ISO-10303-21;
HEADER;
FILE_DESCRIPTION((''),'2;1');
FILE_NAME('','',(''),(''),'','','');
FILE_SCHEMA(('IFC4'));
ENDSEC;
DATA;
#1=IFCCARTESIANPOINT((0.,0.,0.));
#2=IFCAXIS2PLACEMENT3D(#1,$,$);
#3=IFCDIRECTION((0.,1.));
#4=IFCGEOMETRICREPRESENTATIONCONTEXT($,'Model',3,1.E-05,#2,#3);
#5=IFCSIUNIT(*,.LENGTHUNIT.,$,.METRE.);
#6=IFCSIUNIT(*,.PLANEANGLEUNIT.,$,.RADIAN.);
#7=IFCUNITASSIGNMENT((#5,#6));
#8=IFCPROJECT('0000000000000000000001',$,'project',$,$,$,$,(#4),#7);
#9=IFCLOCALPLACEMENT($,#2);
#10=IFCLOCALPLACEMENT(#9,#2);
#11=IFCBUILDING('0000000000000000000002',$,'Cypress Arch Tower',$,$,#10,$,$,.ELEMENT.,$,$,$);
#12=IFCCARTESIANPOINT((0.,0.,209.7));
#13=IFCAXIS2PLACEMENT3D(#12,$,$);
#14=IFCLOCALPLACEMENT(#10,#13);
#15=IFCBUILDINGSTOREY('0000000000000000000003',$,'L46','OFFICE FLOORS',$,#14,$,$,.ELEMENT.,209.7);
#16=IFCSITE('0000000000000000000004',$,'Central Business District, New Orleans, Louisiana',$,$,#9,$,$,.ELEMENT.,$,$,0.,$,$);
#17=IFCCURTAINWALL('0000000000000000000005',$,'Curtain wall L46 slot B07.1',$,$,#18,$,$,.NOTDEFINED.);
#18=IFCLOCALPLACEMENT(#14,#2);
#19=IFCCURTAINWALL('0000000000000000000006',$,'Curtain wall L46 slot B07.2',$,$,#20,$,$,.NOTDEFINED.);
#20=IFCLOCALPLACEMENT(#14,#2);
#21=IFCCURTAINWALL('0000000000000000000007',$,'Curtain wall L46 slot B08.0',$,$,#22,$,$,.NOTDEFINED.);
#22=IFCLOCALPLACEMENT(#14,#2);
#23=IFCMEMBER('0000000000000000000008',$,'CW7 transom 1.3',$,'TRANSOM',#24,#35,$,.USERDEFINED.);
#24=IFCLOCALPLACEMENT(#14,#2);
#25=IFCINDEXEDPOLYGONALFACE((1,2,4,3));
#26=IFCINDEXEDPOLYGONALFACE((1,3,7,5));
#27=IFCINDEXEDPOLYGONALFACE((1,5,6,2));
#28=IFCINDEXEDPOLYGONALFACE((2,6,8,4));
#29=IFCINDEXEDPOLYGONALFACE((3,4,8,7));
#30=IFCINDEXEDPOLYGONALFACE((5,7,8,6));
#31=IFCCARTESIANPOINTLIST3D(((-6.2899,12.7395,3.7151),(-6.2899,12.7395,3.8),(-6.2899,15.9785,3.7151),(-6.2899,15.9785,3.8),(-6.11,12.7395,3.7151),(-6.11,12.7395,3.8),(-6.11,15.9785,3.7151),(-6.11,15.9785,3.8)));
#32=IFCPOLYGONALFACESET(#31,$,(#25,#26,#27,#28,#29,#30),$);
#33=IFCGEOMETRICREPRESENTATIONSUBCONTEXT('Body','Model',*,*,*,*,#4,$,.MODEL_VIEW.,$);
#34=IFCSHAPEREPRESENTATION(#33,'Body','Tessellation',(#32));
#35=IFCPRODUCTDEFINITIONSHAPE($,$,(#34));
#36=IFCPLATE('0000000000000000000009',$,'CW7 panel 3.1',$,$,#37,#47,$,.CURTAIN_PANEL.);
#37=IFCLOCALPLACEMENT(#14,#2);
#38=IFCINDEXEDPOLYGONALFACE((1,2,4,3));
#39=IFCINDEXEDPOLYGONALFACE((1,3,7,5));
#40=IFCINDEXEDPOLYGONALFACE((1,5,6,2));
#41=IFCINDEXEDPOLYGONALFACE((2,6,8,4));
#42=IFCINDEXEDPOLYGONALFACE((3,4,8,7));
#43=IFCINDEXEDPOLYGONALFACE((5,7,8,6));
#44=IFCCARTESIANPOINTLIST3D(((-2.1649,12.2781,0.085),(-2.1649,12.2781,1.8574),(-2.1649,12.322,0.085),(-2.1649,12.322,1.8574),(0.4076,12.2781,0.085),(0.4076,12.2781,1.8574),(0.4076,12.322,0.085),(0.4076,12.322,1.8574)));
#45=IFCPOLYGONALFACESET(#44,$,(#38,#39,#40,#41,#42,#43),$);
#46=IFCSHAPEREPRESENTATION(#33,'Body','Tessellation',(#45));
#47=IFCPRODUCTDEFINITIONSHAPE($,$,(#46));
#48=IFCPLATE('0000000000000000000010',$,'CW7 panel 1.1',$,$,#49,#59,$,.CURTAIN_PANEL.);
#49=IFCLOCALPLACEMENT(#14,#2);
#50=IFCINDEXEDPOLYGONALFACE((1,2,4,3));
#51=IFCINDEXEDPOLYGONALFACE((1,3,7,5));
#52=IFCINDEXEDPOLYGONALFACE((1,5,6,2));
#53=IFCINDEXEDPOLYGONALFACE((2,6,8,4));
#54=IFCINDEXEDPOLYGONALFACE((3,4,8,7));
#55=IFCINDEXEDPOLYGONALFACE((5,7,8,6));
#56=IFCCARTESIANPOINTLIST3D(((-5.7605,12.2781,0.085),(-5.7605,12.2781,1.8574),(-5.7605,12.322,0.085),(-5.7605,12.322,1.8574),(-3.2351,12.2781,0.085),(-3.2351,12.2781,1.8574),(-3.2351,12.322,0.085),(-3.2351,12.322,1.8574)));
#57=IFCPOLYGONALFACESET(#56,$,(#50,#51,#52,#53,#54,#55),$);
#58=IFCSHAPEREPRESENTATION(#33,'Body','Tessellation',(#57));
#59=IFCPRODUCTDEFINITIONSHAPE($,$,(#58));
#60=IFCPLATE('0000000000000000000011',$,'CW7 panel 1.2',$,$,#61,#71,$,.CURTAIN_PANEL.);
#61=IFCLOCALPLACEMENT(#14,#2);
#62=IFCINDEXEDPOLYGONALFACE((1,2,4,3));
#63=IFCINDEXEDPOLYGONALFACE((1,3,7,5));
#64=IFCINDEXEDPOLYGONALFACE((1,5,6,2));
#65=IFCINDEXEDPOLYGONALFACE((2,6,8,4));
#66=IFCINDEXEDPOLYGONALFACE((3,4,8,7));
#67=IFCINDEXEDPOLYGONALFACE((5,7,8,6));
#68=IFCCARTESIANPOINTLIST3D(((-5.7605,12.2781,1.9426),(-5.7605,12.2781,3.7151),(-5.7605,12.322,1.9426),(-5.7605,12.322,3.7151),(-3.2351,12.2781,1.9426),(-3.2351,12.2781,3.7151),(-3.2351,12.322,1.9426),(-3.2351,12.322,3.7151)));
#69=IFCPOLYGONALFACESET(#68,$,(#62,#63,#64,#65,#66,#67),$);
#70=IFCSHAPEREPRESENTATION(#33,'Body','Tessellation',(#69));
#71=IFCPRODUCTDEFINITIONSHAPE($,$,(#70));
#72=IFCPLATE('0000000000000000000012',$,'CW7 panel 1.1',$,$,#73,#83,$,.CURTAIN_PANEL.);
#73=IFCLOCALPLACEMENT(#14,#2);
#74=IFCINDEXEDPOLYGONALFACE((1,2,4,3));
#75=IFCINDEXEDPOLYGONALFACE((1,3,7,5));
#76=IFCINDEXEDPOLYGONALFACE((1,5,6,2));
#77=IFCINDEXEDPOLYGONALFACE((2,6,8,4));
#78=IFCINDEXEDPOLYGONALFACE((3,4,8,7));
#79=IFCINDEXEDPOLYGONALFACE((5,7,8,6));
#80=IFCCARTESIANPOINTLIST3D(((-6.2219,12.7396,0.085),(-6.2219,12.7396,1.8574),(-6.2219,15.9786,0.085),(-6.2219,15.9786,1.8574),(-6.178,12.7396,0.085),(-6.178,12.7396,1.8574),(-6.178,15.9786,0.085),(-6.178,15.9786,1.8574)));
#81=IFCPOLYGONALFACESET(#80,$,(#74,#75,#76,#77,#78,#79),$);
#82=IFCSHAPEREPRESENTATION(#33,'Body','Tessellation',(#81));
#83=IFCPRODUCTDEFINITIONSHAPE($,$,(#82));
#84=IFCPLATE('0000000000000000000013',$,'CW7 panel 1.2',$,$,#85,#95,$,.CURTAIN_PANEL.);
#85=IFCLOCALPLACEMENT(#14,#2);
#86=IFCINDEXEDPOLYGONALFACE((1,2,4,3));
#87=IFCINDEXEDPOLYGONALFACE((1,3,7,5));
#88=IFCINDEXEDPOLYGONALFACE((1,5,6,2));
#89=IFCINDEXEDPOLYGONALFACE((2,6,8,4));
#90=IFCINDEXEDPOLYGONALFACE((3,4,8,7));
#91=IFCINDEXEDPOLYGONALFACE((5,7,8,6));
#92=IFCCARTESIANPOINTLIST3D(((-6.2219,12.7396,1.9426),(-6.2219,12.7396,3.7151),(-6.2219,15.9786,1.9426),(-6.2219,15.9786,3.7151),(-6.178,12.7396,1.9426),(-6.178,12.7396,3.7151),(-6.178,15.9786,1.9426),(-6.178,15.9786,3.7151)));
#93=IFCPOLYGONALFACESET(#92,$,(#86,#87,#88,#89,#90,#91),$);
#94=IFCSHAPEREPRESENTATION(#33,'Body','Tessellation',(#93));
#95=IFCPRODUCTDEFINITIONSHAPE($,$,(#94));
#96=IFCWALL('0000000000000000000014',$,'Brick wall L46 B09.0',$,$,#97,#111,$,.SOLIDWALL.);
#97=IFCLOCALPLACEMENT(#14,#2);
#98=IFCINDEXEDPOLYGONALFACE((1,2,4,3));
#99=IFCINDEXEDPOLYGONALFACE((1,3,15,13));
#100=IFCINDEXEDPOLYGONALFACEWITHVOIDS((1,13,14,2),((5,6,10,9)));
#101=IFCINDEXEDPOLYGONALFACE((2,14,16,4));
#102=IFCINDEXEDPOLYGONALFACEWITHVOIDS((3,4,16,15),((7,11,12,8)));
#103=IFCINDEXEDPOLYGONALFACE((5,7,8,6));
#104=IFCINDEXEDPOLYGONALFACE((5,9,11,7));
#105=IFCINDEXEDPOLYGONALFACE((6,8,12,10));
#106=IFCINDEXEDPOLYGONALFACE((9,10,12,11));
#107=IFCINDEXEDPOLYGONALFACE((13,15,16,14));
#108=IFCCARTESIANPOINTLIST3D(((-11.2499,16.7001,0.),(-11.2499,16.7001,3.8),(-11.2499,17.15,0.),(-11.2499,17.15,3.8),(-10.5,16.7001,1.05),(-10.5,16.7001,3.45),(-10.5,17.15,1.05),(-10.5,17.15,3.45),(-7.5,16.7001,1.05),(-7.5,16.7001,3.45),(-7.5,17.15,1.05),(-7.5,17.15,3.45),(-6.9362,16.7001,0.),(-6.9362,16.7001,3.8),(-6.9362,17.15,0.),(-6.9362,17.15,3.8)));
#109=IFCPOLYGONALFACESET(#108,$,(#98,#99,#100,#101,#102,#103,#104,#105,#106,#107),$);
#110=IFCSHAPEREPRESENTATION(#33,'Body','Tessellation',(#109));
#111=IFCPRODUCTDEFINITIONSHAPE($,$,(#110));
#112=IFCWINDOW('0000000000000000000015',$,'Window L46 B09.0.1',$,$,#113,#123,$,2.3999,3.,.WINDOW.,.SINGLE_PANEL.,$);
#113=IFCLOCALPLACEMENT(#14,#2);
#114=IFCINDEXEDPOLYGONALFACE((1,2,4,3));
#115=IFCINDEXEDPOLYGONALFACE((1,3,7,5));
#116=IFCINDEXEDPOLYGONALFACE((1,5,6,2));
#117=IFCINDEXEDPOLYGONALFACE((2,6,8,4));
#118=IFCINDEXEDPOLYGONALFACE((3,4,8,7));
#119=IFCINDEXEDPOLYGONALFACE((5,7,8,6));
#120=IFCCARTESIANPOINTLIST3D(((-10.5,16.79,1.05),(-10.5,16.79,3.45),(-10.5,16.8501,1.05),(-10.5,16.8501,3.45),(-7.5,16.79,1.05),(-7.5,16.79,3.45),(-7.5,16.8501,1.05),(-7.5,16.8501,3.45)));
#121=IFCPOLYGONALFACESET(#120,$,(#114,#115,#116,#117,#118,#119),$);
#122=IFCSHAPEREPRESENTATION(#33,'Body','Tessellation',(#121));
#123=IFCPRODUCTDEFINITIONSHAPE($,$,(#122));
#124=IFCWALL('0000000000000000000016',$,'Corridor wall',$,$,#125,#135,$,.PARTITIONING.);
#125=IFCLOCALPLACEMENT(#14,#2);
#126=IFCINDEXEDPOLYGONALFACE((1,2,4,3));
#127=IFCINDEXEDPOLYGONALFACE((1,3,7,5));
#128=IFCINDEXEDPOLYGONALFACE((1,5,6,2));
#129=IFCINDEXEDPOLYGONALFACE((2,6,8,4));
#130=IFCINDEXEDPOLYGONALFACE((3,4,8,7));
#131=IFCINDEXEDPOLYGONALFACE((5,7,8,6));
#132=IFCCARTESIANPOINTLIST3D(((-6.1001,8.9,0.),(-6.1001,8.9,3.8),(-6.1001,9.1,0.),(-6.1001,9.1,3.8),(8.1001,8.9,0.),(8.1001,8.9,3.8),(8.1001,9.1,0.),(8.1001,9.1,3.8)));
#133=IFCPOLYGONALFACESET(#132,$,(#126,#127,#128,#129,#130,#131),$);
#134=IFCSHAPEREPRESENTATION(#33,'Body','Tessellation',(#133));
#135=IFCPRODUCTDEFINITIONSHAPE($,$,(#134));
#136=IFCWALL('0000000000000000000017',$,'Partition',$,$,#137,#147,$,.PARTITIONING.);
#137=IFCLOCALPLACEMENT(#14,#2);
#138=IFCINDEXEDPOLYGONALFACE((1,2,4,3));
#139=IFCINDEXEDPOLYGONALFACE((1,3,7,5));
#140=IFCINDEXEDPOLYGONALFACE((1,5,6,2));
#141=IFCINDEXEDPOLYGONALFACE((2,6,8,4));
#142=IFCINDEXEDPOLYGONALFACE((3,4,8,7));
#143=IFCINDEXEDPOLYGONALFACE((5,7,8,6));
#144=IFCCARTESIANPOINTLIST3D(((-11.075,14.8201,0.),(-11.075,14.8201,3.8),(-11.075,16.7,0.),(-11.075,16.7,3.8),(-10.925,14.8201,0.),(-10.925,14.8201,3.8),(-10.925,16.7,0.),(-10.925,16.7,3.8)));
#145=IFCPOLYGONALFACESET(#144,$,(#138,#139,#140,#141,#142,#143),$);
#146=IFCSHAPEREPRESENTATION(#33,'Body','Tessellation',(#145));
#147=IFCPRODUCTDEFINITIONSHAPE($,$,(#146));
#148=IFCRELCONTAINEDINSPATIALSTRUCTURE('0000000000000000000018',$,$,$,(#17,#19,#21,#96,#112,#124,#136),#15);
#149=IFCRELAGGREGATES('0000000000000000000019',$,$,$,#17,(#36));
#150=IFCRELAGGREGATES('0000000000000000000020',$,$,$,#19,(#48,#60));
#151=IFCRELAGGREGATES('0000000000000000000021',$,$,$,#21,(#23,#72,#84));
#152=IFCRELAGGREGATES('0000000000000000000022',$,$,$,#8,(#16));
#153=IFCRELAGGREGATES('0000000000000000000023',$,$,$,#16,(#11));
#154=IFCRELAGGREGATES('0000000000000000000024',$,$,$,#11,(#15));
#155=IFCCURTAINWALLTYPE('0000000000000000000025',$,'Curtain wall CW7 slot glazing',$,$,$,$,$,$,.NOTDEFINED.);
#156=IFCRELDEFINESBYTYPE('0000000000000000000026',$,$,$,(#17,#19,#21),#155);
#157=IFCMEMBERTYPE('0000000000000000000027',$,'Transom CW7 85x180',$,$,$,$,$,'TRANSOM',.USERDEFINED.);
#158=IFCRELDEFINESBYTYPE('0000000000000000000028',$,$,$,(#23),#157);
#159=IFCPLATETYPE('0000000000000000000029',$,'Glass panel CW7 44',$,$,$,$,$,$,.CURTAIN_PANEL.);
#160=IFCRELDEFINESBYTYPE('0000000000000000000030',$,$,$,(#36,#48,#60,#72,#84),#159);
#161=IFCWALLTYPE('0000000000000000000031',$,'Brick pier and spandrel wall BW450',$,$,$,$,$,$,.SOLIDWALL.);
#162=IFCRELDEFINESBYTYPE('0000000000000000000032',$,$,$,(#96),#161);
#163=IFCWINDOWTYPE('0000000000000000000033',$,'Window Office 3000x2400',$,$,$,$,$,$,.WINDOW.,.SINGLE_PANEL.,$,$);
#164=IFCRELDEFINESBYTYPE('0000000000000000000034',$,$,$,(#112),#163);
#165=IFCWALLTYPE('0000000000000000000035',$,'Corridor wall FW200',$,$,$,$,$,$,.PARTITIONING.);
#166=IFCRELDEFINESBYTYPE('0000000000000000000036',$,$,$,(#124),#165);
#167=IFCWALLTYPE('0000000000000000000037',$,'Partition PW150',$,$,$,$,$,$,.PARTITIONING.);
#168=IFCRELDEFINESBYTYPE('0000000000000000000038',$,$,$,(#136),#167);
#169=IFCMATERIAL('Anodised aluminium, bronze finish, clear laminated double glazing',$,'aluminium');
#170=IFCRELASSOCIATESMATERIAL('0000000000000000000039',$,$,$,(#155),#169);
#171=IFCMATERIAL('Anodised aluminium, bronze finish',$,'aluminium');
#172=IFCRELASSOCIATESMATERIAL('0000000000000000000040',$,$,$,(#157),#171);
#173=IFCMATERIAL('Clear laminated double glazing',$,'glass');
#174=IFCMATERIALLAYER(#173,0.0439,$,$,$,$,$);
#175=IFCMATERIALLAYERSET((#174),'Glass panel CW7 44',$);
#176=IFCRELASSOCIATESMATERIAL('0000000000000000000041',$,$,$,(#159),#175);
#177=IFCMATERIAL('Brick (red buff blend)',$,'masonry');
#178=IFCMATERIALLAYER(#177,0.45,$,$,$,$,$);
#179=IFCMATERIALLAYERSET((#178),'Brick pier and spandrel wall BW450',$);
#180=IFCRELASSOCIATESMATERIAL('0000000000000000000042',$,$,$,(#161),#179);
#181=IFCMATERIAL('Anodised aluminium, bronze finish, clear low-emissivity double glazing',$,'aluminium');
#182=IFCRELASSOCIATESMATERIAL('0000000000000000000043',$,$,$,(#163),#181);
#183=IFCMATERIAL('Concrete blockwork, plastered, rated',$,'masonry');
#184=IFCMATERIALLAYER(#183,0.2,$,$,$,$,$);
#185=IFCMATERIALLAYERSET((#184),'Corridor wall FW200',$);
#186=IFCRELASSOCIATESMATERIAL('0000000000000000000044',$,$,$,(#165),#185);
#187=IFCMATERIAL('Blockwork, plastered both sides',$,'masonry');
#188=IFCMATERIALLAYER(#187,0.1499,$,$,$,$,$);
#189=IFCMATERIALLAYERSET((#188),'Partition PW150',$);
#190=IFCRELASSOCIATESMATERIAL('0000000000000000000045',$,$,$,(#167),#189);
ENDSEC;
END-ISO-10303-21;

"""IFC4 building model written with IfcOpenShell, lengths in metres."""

from ifc_helpers import new_model, si_unit, direction, frame, frame_2d, origin, origin_2d, place, context, subcontext, project, spatial, rectangle, extrude, material, layer, layer_set, material_profile, profile_set, type_object, element, fill, aggregate, save


model = new_model("IFC4")

# Units and contexts
model_context = context("Model", 3, precision=1e-05, world=origin(), true_north=direction((0.0, 1.0)))
body_context = subcontext(model_context, "Body", "Model", "MODEL_VIEW")
ifc_project = project(units=[si_unit("LENGTHUNIT", "METRE"), si_unit("PLANEANGLEUNIT", "RADIAN")], contexts=[model_context])

# Site, building, storey
site_placement = place(None, origin())
site = spatial("IfcSite", under=ifc_project, at=site_placement, Name="Central Business District, New Orleans, Louisiana", CompositionType="ELEMENT", RefElevation=0.0)
building_placement = place(site_placement, origin())
building = spatial("IfcBuilding", under=site, at=building_placement, Name="Cypress Arch Tower", CompositionType="ELEMENT")
storey_placement = place(building_placement, frame((0.0, 0.0, 209.7)))
storey = spatial("IfcBuildingStorey", under=building, at=storey_placement, Name="L46", Description="OFFICE FLOORS", CompositionType="ELEMENT", Elevation=209.7)

# Curtain wall
ifc_material_1 = material(Name="Anodised aluminium, bronze finish, clear laminated double glazing", Category="aluminium")
curtain_wall_type = type_object("IfcCurtainWallType", Name="Curtain wall CW7 slot glazing", PredefinedType="NOTDEFINED", material=ifc_material_1)
curtain_wall_1_placement = place(storey_placement, origin())
curtain_wall_1 = element("IfcCurtainWall", 1, at=curtain_wall_1_placement, inside=storey, type_object=curtain_wall_type, Name="Curtain wall L46 slot B07.1", PredefinedType="NOTDEFINED")

# Curtain walls
curtain_wall_2_placement = place(storey_placement, origin())
curtain_wall_2 = element("IfcCurtainWall", 2, at=curtain_wall_2_placement, inside=storey, type_object=curtain_wall_type, Name="Curtain wall L46 slot B07.2", PredefinedType="NOTDEFINED")
curtain_wall_3_placement = place(storey_placement, origin())
curtain_wall_3 = element("IfcCurtainWall", 3, at=curtain_wall_3_placement, inside=storey, type_object=curtain_wall_type, Name="Curtain wall L46 slot B08.0", PredefinedType="NOTDEFINED")

# Member
ifc_material_2 = material(Name="Anodised aluminium, bronze finish", Category="aluminium")
ifc_material_profile_1 = material_profile(ifc_material_2, rectangle(XDim=0.1799, YDim=0.085, at=origin_2d()), Name="Transom 85x180")
ifc_profile_set_1 = profile_set([ifc_material_profile_1], Name="Anodised aluminium, bronze finish")
member_type_1 = type_object("IfcMemberType", Name="Transom CW7 85x180", ElementType="TRANSOM", PredefinedType="USERDEFINED", material=ifc_profile_set_1)
member_1_placement = place(storey_placement, frame((-6.2, 12.7395, 3.7576), z_axis=(0.0, 1.0, 0.0), x_axis=(-1.0, 0.0, 0.0)))
member_1 = element("IfcMember", 4, at=member_1_placement, type_object=member_type_1, Name="CW7 transom 1.3", ObjectType="TRANSOM", PredefinedType="USERDEFINED", context=body_context, shape_type="SweptSolid", body=[
    extrude(rectangle(XDim=0.1799, YDim=0.085, at=origin_2d()), origin(), (0.0, 0.0, 1.0), 3.239),
])

# Plates
ifc_material_3 = material(Name="Clear laminated double glazing", Category="glass")
ifc_layer_1 = layer(ifc_material_3, 0.0439)
ifc_layer_set_1 = layer_set([ifc_layer_1], Name="Glass panel CW7 44")
plate_type = type_object("IfcPlateType", Name="Glass panel CW7 44", PredefinedType="CURTAIN_PANEL", material=ifc_layer_set_1)
plate_1_placement = place(storey_placement, frame((-0.8787, 12.3, 0.085), z_axis=(0.0, 0.0, 1.0), x_axis=(-1.0, 0.0, 0.0)))
plate_1 = element("IfcPlate", 5, at=plate_1_placement, type_object=plate_type, Name="CW7 panel 3.1", PredefinedType="CURTAIN_PANEL", context=body_context, shape_type="SweptSolid", body=[
    extrude(rectangle(XDim=2.5725, YDim=0.0439, at=origin_2d()), origin(), (0.0, 0.0, 1.0), 1.7725),
])
aggregate(curtain_wall_1, [plate_1])
plate_2_placement = place(storey_placement, frame((-4.4978, 12.3, 0.085), z_axis=(0.0, 0.0, 1.0), x_axis=(-1.0, 0.0, 0.0)))
plate_2 = element("IfcPlate", 6, at=plate_2_placement, type_object=plate_type, Name="CW7 panel 1.1", PredefinedType="CURTAIN_PANEL", context=body_context, shape_type="SweptSolid", body=[
    extrude(rectangle(XDim=2.5254, YDim=0.0439, at=origin_2d()), origin(), (0.0, 0.0, 1.0), 1.7725),
])
plate_3_placement = place(storey_placement, frame((-4.4978, 12.3, 1.9426), z_axis=(0.0, 0.0, 1.0), x_axis=(-1.0, 0.0, 0.0)))
plate_3 = element("IfcPlate", 7, at=plate_3_placement, type_object=plate_type, Name="CW7 panel 1.2", PredefinedType="CURTAIN_PANEL", context=body_context, shape_type="SweptSolid", body=[
    extrude(rectangle(XDim=2.5254, YDim=0.0439, at=origin_2d()), origin(), (0.0, 0.0, 1.0), 1.7725),
])
aggregate(curtain_wall_2, [plate_2, plate_3])
plate_4_placement = place(storey_placement, frame((-6.2, 14.3591, 0.085), z_axis=(0.0, 0.0, 1.0), x_axis=(0.0, 1.0, 0.0)))
plate_4 = element("IfcPlate", 8, at=plate_4_placement, type_object=plate_type, Name="CW7 panel 1.1", PredefinedType="CURTAIN_PANEL", context=body_context, shape_type="SweptSolid", body=[
    extrude(rectangle(XDim=3.239, YDim=0.0439, at=origin_2d()), origin(), (0.0, 0.0, 1.0), 1.7725),
])
plate_5_placement = place(storey_placement, frame((-6.2, 14.3591, 1.9426), z_axis=(0.0, 0.0, 1.0), x_axis=(0.0, 1.0, 0.0)))
plate_5 = element("IfcPlate", 9, at=plate_5_placement, type_object=plate_type, Name="CW7 panel 1.2", PredefinedType="CURTAIN_PANEL", context=body_context, shape_type="SweptSolid", body=[
    extrude(rectangle(XDim=3.239, YDim=0.0439, at=origin_2d()), origin(), (0.0, 0.0, 1.0), 1.7725),
])
aggregate(curtain_wall_3, [member_1, plate_4, plate_5])

# Wall, opening, window
ifc_material_4 = material(Name="Brick (red buff blend)", Category="masonry")
ifc_layer_2 = layer(ifc_material_4, 0.45)
ifc_layer_set_2 = layer_set([ifc_layer_2], Name="Brick pier and spandrel wall BW450")
wall_type_1 = type_object("IfcWallType", Name="Brick pier and spandrel wall BW450", PredefinedType="SOLIDWALL", material=ifc_layer_set_2)
wall_1_placement = place(storey_placement, frame((-6.9363, 16.925, 0.0), z_axis=(0.0, 0.0, 1.0), x_axis=(-1.0, 0.0, 0.0)))
wall_1 = element("IfcWall", 10, at=wall_1_placement, inside=storey, type_object=wall_type_1, Name="Brick wall L46 B09.0", PredefinedType="SOLIDWALL", context=body_context, shape_type="SweptSolid", body=[
    extrude(rectangle(XDim=4.3137, YDim=0.45, at=frame_2d((2.1567, 0.0))), origin(), (0.0, 0.0, 1.0), 3.8),
])
opening_1_placement = place(wall_1_placement, frame((0.5637, 0.0, 1.05)))
opening_1 = element("IfcOpeningElement", 11, at=opening_1_placement, cuts=wall_1, PredefinedType="OPENING", context=body_context, shape_type="SweptSolid", body=[
    extrude(rectangle(XDim=3.0, YDim=2.3999, at=frame_2d((1.5, 1.2))), frame((0.0, 0.2349, 0.0), z_axis=(0.0, -1.0, 0.0), x_axis=(1.0, 0.0, 0.0)), (0.0, 0.0, 1.0), 0.47),
])
ifc_material_5 = material(Name="Anodised aluminium, bronze finish, clear low-emissivity double glazing", Category="aluminium")
window_type = type_object("IfcWindowType", Name="Window Office 3000x2400", PartitioningType="SINGLE_PANEL", PredefinedType="WINDOW", material=ifc_material_5)
window_placement = place(opening_1_placement, origin())
window = element("IfcWindow", 12, at=window_placement, inside=storey, type_object=window_type, Name="Window L46 B09.0.1", OverallHeight=2.3999, OverallWidth=3.0, PartitioningType="SINGLE_PANEL", PredefinedType="WINDOW", context=body_context, shape_type="SweptSolid", body=[
    extrude(rectangle(XDim=3.0, YDim=2.3999, at=frame_2d((1.5, 1.2))), frame((0.0, 0.135, 0.0), z_axis=(0.0, -1.0, 0.0), x_axis=(1.0, 0.0, 0.0)), (0.0, 0.0, 1.0), 0.0601),
])
fill(opening_1, window)

# Shared definitions
ifc_material_6 = material(Name="Concrete blockwork, plastered, rated", Category="masonry")
ifc_layer_3 = layer(ifc_material_6, 0.2)
ifc_layer_set_3 = layer_set([ifc_layer_3], Name="Corridor wall FW200")
wall_type_2 = type_object("IfcWallType", Name="Corridor wall FW200", PredefinedType="PARTITIONING", material=ifc_layer_set_3)

# Walls
wall_2_placement = place(storey_placement, frame((-6.1001, 9.0, 0.0), z_axis=(0.0, 0.0, 1.0), x_axis=(1.0, 0.0, 0.0)))
element("IfcWall", 13, at=wall_2_placement, inside=storey, type_object=wall_type_2, Name="Corridor wall", PredefinedType="PARTITIONING", context=body_context, shape_type="SweptSolid", body=[
    extrude(rectangle(XDim=14.2002, YDim=0.2, at=frame_2d((7.1001, 0.0))), origin(), (0.0, 0.0, 1.0), 3.8),
])
ifc_material_7 = material(Name="Blockwork, plastered both sides", Category="masonry")
ifc_layer_4 = layer(ifc_material_7, 0.1499)
ifc_layer_set_4 = layer_set([ifc_layer_4], Name="Partition PW150")
wall_type_3 = type_object("IfcWallType", Name="Partition PW150", PredefinedType="PARTITIONING", material=ifc_layer_set_4)
wall_3_placement = place(storey_placement, frame((-11.0, 14.8201, 0.0), z_axis=(0.0, 0.0, 1.0), x_axis=(0.0, 1.0, 0.0)))
element("IfcWall", 14, at=wall_3_placement, inside=storey, type_object=wall_type_3, Name="Partition", PredefinedType="PARTITIONING", context=body_context, shape_type="SweptSolid", body=[
    extrude(rectangle(XDim=1.8799, YDim=0.1499, at=frame_2d((0.9399, 0.0))), origin(), (0.0, 0.0, 1.0), 3.8),
])

save(model, "model.ifc")
